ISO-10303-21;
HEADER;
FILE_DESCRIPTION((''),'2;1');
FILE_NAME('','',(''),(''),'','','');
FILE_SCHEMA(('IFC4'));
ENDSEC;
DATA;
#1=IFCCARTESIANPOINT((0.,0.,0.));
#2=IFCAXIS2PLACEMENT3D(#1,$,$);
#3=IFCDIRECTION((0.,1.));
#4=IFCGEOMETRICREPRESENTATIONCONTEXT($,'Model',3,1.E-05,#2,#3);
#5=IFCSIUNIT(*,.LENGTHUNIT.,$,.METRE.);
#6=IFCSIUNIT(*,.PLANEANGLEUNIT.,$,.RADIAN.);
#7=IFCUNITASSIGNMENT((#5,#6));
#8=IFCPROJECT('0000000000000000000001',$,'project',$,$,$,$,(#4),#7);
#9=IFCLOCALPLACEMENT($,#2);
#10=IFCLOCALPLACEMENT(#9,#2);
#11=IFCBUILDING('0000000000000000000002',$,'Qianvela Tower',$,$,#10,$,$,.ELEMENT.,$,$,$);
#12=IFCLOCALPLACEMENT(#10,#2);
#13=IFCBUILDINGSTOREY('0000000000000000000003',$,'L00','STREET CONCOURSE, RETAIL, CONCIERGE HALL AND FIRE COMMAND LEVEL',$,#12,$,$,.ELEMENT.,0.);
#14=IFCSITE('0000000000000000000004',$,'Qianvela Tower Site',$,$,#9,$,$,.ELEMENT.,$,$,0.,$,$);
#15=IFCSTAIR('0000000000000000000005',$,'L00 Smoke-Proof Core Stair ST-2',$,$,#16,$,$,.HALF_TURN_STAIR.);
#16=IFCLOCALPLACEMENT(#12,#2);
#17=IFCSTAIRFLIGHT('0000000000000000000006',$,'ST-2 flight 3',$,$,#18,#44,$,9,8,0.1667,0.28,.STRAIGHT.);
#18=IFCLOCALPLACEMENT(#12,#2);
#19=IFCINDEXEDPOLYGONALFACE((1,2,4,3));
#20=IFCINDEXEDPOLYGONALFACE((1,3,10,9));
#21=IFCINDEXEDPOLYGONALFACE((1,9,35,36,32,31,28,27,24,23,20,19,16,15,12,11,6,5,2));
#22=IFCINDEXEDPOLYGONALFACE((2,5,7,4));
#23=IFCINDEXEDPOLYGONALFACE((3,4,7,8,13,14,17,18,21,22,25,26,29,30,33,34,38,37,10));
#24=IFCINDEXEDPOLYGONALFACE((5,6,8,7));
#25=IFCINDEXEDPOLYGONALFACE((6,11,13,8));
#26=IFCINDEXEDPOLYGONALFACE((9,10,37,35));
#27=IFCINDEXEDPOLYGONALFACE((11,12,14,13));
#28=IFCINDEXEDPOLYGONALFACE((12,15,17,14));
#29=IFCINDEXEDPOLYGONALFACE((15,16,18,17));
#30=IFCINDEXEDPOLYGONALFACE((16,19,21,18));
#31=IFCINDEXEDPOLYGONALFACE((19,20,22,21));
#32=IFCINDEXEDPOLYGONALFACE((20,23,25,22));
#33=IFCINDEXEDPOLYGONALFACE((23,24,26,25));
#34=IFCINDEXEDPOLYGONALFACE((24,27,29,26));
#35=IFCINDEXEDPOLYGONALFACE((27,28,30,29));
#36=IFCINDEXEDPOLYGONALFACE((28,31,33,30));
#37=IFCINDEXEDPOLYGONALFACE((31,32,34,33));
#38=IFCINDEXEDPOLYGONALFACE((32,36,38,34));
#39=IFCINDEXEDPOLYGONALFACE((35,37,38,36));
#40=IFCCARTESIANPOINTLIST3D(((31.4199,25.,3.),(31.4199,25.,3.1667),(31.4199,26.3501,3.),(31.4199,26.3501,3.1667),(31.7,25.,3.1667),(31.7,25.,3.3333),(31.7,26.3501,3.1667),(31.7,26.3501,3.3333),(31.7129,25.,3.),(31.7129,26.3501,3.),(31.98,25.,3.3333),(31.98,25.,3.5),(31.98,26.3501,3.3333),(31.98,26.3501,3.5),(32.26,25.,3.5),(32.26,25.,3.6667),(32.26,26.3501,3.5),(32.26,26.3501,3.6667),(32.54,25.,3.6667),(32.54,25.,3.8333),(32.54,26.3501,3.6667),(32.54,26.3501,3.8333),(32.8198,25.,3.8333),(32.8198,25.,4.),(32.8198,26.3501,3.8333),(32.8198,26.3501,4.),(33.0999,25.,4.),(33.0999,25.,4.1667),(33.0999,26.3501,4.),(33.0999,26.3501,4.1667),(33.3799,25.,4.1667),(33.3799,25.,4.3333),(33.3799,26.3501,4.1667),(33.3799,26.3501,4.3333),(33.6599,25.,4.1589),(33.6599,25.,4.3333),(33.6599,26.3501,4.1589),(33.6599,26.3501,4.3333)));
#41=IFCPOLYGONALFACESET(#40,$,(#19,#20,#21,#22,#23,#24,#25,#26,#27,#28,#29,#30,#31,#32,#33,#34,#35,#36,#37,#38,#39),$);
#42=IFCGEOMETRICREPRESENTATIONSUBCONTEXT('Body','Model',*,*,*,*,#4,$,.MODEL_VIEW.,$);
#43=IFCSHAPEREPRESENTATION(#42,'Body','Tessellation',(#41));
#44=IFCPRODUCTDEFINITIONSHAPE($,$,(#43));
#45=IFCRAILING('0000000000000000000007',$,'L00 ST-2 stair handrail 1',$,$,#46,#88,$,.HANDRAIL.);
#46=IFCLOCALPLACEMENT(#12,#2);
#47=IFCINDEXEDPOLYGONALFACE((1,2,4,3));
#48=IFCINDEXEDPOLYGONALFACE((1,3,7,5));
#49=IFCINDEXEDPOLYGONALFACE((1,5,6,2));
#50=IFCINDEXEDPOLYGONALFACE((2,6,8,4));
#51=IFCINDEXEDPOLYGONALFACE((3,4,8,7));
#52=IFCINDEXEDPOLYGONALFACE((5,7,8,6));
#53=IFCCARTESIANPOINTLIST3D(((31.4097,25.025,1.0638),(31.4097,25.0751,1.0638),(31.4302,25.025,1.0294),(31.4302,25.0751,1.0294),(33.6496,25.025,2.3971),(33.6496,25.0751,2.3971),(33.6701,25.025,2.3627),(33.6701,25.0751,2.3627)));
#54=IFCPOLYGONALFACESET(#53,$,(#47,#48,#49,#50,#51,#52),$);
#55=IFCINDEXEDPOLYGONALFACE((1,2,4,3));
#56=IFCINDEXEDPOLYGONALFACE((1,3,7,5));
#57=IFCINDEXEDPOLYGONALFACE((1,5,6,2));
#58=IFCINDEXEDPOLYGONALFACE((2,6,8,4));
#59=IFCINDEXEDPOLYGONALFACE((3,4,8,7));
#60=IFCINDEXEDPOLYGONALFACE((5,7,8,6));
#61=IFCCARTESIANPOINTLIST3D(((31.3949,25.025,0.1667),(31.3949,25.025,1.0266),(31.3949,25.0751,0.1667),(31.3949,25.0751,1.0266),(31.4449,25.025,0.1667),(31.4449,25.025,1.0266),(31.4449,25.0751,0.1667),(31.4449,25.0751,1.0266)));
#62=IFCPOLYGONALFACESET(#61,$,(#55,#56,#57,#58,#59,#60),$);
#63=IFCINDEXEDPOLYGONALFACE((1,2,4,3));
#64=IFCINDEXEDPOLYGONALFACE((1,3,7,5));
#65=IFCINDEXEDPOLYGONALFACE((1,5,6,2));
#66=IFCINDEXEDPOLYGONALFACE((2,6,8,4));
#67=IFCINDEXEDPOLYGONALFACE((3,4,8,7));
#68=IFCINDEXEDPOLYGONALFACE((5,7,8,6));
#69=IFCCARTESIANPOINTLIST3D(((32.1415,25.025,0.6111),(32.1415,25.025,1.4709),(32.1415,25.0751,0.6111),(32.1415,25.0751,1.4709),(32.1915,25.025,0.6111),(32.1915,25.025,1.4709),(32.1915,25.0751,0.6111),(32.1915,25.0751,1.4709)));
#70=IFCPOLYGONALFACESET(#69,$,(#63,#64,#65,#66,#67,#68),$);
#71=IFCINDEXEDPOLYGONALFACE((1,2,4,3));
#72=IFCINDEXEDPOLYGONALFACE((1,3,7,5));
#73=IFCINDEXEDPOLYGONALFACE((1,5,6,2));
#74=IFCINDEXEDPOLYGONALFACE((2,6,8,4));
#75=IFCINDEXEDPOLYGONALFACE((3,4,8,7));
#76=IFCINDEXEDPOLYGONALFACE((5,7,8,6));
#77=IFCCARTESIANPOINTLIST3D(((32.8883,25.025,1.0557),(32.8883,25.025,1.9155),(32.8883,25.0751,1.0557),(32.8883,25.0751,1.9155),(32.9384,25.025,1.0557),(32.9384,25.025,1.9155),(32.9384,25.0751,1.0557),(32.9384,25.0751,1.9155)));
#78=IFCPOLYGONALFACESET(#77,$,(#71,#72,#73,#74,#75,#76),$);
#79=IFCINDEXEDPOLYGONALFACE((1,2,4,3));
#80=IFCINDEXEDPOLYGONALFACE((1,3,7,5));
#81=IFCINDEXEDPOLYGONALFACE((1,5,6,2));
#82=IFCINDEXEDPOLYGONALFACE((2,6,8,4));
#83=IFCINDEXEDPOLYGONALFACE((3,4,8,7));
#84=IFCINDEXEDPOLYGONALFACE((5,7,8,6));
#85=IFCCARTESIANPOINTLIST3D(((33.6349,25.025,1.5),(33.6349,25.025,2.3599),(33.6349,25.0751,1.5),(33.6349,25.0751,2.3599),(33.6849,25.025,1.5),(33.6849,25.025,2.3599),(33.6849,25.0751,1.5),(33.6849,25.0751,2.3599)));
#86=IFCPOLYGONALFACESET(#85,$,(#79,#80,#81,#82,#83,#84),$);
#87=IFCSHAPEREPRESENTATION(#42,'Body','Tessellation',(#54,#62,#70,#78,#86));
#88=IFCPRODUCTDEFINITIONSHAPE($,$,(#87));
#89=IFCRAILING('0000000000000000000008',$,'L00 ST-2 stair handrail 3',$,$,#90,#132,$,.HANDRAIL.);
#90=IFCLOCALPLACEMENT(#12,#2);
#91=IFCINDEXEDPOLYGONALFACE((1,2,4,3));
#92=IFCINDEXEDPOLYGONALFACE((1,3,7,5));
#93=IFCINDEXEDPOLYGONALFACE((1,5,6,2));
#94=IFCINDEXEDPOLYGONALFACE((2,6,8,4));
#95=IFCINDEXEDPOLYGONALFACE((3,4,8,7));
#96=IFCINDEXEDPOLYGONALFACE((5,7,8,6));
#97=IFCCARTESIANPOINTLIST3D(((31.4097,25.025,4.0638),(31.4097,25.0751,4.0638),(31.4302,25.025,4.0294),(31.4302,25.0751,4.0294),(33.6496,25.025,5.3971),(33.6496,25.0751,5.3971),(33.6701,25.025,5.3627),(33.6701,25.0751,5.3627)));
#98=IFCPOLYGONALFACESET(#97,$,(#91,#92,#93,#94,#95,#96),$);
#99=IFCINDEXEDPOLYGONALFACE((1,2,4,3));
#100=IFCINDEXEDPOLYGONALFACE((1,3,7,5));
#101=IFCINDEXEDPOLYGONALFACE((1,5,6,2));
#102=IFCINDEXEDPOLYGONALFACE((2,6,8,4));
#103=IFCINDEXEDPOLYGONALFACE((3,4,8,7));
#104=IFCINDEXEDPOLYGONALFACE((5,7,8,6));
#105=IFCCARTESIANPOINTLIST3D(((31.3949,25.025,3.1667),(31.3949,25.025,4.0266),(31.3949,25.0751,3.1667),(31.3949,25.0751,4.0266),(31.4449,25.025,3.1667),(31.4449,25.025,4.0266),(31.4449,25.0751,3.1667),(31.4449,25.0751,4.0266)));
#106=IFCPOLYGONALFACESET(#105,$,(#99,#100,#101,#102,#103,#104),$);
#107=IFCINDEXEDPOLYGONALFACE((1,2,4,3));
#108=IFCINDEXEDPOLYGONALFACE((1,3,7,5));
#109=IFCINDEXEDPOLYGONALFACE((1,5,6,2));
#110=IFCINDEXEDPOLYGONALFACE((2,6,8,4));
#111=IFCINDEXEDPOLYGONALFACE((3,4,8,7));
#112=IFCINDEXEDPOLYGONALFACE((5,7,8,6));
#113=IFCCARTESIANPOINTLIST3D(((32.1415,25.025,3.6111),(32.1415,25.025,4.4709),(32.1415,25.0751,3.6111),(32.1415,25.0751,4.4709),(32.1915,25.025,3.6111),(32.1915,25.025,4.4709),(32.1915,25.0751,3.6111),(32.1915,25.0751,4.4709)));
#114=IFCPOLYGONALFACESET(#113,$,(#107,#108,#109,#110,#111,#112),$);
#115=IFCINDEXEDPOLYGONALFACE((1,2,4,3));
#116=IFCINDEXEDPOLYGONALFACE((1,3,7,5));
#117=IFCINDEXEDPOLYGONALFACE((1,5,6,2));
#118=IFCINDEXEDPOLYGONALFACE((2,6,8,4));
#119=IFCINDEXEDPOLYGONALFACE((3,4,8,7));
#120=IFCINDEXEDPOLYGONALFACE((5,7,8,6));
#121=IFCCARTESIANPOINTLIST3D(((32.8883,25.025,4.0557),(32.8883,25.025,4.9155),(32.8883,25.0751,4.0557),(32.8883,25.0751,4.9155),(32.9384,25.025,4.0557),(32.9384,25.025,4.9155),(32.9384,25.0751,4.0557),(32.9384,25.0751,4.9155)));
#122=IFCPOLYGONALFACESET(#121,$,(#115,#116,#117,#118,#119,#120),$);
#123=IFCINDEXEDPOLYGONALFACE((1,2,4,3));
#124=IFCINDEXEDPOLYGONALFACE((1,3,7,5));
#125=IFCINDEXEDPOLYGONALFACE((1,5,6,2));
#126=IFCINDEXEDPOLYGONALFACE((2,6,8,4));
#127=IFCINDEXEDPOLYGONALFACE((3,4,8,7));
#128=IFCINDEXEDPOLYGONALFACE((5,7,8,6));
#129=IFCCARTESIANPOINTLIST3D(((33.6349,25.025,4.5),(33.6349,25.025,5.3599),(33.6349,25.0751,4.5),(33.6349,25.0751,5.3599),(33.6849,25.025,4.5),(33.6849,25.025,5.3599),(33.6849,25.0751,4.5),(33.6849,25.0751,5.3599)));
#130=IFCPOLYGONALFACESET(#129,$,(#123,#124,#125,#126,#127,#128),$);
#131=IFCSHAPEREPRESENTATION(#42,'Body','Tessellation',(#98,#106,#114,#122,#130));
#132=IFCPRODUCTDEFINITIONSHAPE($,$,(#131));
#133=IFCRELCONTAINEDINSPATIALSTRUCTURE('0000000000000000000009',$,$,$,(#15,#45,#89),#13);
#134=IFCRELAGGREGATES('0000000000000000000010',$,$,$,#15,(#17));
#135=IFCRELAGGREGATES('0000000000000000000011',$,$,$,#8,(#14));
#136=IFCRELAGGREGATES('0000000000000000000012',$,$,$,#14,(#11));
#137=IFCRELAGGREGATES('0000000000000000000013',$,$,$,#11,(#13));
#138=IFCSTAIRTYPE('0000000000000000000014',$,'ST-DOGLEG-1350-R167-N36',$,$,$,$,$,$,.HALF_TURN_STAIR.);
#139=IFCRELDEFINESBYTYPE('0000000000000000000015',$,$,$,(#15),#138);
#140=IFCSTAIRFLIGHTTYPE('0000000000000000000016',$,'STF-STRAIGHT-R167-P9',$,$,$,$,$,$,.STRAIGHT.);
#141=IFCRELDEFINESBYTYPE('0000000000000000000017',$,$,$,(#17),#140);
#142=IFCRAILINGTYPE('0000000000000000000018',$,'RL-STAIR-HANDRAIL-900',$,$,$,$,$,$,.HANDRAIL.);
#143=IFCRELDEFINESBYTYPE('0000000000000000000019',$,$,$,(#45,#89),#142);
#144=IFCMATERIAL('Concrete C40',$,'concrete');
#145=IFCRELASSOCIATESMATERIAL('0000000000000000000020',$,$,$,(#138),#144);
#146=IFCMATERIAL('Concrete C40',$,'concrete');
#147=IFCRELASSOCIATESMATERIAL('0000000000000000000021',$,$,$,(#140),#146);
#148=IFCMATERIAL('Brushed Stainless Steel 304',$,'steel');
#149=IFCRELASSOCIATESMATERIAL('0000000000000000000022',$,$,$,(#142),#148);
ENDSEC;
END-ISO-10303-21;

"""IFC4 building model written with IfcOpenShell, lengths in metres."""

from ifc_helpers import new_model, si_unit, direction, frame, origin, origin_2d, place, context, subcontext, project, spatial, polyline, rectangle, outline, extrude, material, type_object, element, aggregate, save


model = new_model("IFC4")

# Units and contexts
model_context = context("Model", 3, precision=1e-05, world=origin(), true_north=direction((0.0, 1.0)))
body_context = subcontext(model_context, "Body", "Model", "MODEL_VIEW")
ifc_project = project(units=[si_unit("LENGTHUNIT", "METRE"), si_unit("PLANEANGLEUNIT", "RADIAN")], contexts=[model_context])

# Site, building, storey
site_placement = place(None, origin())
site = spatial("IfcSite", under=ifc_project, at=site_placement, Name="Qianvela Tower Site", CompositionType="ELEMENT", RefElevation=0.0)
building_placement = place(site_placement, origin())
building = spatial("IfcBuilding", under=site, at=building_placement, Name="Qianvela Tower", CompositionType="ELEMENT")
storey_placement = place(building_placement, origin())
storey = spatial("IfcBuildingStorey", under=building, at=storey_placement, Name="L00", Description="STREET CONCOURSE, RETAIL, CONCIERGE HALL AND FIRE COMMAND LEVEL", CompositionType="ELEMENT", Elevation=0.0)

# Stair, stair flight
ifc_material_1 = material(Name="Concrete C40", Category="concrete")
stair_type = type_object("IfcStairType", Name="ST-DOGLEG-1350-R167-N36", PredefinedType="HALF_TURN_STAIR", material=ifc_material_1)
stair_placement = place(storey_placement, origin())
stair = element("IfcStair", 1, at=stair_placement, inside=storey, type_object=stair_type, Name="L00 Smoke-Proof Core Stair ST-2", PredefinedType="HALF_TURN_STAIR")
ifc_material_2 = material(Name="Concrete C40", Category="concrete")
stair_flight_type = type_object("IfcStairFlightType", Name="STF-STRAIGHT-R167-P9", PredefinedType="STRAIGHT", material=ifc_material_2)
stair_flight_1_placement = place(storey_placement, frame((31.4199, 25.675, 3.0), z_axis=(0.0, 0.0, 1.0), x_axis=(1.0, 0.0, 0.0)))
stair_flight_1 = element("IfcStairFlight", 2, at=stair_flight_1_placement, type_object=stair_flight_type, Name="ST-2 flight 3", NumberOfRisers=9, NumberOfTreads=8, PredefinedType="STRAIGHT", RiserHeight=0.1667, TreadLength=0.28, context=body_context, shape_type="SweptSolid", body=[
    extrude(outline(polyline([(0.0, 0.0), (0.0, 0.1667), (0.28, 0.1667), (0.28, 0.3333), (0.5601, 0.3333), (0.5601, 0.5), (0.8401, 0.5), (0.8401, 0.6667), (1.1201, 0.6667), (1.1201, 0.8333), (1.3999, 0.8333), (1.3999, 1.0), (1.6799, 1.0), (1.6799, 1.1667), (1.96, 1.1667), (1.96, 1.3333), (2.24, 1.3333), (2.24, 1.5), (2.24, 1.1589), (0.293, 0.0), (0.0, 0.0)])), frame((0.0, 0.675, 0.0), z_axis=(0.0, -1.0, 0.0), x_axis=(1.0, 0.0, 0.0)), (0.0, 0.0, 1.0), 1.3501),
])
aggregate(stair, [stair_flight_1])

# Railings
ifc_material_3 = material(Name="Brushed Stainless Steel 304", Category="steel")
railing_type = type_object("IfcRailingType", Name="RL-STAIR-HANDRAIL-900", PredefinedType="HANDRAIL", material=ifc_material_3)
for number, where, name in (
    (3, (31.4199, 25.05, 0.1667), "L00 ST-2 stair handrail 1"),
    (4, (31.4199, 25.05, 3.1667), "L00 ST-2 stair handrail 3"),
):
    element("IfcRailing", number, at=place(storey_placement, frame(where)), inside=storey, type_object=railing_type, Name=name, PredefinedType="HANDRAIL", context=body_context, shape_type="SweptSolid", body=[
        extrude(rectangle(XDim=0.05, YDim=0.04, at=origin_2d()), frame((0.0, 0.0, 0.8799), z_axis=(0.859306, 0.0, 0.511462), x_axis=(0.0, 1.0, 0.0)), (0.0, 0.0, 1.0), 2.6067),
        extrude(rectangle(XDim=0.05, YDim=0.05, at=origin_2d()), origin(), (0.0, 0.0, 1.0), 0.8599),
        extrude(rectangle(XDim=0.05, YDim=0.05, at=origin_2d()), frame((0.7466, 0.0, 0.4443)), (0.0, 0.0, 1.0), 0.8599),
        extrude(rectangle(XDim=0.05, YDim=0.05, at=origin_2d()), frame((1.4934, 0.0, 0.8889)), (0.0, 0.0, 1.0), 0.8599),
        extrude(rectangle(XDim=0.05, YDim=0.05, at=origin_2d()), frame((2.24, 0.0, 1.3333)), (0.0, 0.0, 1.0), 0.8599),
    ])

save(model, "model.ifc")
